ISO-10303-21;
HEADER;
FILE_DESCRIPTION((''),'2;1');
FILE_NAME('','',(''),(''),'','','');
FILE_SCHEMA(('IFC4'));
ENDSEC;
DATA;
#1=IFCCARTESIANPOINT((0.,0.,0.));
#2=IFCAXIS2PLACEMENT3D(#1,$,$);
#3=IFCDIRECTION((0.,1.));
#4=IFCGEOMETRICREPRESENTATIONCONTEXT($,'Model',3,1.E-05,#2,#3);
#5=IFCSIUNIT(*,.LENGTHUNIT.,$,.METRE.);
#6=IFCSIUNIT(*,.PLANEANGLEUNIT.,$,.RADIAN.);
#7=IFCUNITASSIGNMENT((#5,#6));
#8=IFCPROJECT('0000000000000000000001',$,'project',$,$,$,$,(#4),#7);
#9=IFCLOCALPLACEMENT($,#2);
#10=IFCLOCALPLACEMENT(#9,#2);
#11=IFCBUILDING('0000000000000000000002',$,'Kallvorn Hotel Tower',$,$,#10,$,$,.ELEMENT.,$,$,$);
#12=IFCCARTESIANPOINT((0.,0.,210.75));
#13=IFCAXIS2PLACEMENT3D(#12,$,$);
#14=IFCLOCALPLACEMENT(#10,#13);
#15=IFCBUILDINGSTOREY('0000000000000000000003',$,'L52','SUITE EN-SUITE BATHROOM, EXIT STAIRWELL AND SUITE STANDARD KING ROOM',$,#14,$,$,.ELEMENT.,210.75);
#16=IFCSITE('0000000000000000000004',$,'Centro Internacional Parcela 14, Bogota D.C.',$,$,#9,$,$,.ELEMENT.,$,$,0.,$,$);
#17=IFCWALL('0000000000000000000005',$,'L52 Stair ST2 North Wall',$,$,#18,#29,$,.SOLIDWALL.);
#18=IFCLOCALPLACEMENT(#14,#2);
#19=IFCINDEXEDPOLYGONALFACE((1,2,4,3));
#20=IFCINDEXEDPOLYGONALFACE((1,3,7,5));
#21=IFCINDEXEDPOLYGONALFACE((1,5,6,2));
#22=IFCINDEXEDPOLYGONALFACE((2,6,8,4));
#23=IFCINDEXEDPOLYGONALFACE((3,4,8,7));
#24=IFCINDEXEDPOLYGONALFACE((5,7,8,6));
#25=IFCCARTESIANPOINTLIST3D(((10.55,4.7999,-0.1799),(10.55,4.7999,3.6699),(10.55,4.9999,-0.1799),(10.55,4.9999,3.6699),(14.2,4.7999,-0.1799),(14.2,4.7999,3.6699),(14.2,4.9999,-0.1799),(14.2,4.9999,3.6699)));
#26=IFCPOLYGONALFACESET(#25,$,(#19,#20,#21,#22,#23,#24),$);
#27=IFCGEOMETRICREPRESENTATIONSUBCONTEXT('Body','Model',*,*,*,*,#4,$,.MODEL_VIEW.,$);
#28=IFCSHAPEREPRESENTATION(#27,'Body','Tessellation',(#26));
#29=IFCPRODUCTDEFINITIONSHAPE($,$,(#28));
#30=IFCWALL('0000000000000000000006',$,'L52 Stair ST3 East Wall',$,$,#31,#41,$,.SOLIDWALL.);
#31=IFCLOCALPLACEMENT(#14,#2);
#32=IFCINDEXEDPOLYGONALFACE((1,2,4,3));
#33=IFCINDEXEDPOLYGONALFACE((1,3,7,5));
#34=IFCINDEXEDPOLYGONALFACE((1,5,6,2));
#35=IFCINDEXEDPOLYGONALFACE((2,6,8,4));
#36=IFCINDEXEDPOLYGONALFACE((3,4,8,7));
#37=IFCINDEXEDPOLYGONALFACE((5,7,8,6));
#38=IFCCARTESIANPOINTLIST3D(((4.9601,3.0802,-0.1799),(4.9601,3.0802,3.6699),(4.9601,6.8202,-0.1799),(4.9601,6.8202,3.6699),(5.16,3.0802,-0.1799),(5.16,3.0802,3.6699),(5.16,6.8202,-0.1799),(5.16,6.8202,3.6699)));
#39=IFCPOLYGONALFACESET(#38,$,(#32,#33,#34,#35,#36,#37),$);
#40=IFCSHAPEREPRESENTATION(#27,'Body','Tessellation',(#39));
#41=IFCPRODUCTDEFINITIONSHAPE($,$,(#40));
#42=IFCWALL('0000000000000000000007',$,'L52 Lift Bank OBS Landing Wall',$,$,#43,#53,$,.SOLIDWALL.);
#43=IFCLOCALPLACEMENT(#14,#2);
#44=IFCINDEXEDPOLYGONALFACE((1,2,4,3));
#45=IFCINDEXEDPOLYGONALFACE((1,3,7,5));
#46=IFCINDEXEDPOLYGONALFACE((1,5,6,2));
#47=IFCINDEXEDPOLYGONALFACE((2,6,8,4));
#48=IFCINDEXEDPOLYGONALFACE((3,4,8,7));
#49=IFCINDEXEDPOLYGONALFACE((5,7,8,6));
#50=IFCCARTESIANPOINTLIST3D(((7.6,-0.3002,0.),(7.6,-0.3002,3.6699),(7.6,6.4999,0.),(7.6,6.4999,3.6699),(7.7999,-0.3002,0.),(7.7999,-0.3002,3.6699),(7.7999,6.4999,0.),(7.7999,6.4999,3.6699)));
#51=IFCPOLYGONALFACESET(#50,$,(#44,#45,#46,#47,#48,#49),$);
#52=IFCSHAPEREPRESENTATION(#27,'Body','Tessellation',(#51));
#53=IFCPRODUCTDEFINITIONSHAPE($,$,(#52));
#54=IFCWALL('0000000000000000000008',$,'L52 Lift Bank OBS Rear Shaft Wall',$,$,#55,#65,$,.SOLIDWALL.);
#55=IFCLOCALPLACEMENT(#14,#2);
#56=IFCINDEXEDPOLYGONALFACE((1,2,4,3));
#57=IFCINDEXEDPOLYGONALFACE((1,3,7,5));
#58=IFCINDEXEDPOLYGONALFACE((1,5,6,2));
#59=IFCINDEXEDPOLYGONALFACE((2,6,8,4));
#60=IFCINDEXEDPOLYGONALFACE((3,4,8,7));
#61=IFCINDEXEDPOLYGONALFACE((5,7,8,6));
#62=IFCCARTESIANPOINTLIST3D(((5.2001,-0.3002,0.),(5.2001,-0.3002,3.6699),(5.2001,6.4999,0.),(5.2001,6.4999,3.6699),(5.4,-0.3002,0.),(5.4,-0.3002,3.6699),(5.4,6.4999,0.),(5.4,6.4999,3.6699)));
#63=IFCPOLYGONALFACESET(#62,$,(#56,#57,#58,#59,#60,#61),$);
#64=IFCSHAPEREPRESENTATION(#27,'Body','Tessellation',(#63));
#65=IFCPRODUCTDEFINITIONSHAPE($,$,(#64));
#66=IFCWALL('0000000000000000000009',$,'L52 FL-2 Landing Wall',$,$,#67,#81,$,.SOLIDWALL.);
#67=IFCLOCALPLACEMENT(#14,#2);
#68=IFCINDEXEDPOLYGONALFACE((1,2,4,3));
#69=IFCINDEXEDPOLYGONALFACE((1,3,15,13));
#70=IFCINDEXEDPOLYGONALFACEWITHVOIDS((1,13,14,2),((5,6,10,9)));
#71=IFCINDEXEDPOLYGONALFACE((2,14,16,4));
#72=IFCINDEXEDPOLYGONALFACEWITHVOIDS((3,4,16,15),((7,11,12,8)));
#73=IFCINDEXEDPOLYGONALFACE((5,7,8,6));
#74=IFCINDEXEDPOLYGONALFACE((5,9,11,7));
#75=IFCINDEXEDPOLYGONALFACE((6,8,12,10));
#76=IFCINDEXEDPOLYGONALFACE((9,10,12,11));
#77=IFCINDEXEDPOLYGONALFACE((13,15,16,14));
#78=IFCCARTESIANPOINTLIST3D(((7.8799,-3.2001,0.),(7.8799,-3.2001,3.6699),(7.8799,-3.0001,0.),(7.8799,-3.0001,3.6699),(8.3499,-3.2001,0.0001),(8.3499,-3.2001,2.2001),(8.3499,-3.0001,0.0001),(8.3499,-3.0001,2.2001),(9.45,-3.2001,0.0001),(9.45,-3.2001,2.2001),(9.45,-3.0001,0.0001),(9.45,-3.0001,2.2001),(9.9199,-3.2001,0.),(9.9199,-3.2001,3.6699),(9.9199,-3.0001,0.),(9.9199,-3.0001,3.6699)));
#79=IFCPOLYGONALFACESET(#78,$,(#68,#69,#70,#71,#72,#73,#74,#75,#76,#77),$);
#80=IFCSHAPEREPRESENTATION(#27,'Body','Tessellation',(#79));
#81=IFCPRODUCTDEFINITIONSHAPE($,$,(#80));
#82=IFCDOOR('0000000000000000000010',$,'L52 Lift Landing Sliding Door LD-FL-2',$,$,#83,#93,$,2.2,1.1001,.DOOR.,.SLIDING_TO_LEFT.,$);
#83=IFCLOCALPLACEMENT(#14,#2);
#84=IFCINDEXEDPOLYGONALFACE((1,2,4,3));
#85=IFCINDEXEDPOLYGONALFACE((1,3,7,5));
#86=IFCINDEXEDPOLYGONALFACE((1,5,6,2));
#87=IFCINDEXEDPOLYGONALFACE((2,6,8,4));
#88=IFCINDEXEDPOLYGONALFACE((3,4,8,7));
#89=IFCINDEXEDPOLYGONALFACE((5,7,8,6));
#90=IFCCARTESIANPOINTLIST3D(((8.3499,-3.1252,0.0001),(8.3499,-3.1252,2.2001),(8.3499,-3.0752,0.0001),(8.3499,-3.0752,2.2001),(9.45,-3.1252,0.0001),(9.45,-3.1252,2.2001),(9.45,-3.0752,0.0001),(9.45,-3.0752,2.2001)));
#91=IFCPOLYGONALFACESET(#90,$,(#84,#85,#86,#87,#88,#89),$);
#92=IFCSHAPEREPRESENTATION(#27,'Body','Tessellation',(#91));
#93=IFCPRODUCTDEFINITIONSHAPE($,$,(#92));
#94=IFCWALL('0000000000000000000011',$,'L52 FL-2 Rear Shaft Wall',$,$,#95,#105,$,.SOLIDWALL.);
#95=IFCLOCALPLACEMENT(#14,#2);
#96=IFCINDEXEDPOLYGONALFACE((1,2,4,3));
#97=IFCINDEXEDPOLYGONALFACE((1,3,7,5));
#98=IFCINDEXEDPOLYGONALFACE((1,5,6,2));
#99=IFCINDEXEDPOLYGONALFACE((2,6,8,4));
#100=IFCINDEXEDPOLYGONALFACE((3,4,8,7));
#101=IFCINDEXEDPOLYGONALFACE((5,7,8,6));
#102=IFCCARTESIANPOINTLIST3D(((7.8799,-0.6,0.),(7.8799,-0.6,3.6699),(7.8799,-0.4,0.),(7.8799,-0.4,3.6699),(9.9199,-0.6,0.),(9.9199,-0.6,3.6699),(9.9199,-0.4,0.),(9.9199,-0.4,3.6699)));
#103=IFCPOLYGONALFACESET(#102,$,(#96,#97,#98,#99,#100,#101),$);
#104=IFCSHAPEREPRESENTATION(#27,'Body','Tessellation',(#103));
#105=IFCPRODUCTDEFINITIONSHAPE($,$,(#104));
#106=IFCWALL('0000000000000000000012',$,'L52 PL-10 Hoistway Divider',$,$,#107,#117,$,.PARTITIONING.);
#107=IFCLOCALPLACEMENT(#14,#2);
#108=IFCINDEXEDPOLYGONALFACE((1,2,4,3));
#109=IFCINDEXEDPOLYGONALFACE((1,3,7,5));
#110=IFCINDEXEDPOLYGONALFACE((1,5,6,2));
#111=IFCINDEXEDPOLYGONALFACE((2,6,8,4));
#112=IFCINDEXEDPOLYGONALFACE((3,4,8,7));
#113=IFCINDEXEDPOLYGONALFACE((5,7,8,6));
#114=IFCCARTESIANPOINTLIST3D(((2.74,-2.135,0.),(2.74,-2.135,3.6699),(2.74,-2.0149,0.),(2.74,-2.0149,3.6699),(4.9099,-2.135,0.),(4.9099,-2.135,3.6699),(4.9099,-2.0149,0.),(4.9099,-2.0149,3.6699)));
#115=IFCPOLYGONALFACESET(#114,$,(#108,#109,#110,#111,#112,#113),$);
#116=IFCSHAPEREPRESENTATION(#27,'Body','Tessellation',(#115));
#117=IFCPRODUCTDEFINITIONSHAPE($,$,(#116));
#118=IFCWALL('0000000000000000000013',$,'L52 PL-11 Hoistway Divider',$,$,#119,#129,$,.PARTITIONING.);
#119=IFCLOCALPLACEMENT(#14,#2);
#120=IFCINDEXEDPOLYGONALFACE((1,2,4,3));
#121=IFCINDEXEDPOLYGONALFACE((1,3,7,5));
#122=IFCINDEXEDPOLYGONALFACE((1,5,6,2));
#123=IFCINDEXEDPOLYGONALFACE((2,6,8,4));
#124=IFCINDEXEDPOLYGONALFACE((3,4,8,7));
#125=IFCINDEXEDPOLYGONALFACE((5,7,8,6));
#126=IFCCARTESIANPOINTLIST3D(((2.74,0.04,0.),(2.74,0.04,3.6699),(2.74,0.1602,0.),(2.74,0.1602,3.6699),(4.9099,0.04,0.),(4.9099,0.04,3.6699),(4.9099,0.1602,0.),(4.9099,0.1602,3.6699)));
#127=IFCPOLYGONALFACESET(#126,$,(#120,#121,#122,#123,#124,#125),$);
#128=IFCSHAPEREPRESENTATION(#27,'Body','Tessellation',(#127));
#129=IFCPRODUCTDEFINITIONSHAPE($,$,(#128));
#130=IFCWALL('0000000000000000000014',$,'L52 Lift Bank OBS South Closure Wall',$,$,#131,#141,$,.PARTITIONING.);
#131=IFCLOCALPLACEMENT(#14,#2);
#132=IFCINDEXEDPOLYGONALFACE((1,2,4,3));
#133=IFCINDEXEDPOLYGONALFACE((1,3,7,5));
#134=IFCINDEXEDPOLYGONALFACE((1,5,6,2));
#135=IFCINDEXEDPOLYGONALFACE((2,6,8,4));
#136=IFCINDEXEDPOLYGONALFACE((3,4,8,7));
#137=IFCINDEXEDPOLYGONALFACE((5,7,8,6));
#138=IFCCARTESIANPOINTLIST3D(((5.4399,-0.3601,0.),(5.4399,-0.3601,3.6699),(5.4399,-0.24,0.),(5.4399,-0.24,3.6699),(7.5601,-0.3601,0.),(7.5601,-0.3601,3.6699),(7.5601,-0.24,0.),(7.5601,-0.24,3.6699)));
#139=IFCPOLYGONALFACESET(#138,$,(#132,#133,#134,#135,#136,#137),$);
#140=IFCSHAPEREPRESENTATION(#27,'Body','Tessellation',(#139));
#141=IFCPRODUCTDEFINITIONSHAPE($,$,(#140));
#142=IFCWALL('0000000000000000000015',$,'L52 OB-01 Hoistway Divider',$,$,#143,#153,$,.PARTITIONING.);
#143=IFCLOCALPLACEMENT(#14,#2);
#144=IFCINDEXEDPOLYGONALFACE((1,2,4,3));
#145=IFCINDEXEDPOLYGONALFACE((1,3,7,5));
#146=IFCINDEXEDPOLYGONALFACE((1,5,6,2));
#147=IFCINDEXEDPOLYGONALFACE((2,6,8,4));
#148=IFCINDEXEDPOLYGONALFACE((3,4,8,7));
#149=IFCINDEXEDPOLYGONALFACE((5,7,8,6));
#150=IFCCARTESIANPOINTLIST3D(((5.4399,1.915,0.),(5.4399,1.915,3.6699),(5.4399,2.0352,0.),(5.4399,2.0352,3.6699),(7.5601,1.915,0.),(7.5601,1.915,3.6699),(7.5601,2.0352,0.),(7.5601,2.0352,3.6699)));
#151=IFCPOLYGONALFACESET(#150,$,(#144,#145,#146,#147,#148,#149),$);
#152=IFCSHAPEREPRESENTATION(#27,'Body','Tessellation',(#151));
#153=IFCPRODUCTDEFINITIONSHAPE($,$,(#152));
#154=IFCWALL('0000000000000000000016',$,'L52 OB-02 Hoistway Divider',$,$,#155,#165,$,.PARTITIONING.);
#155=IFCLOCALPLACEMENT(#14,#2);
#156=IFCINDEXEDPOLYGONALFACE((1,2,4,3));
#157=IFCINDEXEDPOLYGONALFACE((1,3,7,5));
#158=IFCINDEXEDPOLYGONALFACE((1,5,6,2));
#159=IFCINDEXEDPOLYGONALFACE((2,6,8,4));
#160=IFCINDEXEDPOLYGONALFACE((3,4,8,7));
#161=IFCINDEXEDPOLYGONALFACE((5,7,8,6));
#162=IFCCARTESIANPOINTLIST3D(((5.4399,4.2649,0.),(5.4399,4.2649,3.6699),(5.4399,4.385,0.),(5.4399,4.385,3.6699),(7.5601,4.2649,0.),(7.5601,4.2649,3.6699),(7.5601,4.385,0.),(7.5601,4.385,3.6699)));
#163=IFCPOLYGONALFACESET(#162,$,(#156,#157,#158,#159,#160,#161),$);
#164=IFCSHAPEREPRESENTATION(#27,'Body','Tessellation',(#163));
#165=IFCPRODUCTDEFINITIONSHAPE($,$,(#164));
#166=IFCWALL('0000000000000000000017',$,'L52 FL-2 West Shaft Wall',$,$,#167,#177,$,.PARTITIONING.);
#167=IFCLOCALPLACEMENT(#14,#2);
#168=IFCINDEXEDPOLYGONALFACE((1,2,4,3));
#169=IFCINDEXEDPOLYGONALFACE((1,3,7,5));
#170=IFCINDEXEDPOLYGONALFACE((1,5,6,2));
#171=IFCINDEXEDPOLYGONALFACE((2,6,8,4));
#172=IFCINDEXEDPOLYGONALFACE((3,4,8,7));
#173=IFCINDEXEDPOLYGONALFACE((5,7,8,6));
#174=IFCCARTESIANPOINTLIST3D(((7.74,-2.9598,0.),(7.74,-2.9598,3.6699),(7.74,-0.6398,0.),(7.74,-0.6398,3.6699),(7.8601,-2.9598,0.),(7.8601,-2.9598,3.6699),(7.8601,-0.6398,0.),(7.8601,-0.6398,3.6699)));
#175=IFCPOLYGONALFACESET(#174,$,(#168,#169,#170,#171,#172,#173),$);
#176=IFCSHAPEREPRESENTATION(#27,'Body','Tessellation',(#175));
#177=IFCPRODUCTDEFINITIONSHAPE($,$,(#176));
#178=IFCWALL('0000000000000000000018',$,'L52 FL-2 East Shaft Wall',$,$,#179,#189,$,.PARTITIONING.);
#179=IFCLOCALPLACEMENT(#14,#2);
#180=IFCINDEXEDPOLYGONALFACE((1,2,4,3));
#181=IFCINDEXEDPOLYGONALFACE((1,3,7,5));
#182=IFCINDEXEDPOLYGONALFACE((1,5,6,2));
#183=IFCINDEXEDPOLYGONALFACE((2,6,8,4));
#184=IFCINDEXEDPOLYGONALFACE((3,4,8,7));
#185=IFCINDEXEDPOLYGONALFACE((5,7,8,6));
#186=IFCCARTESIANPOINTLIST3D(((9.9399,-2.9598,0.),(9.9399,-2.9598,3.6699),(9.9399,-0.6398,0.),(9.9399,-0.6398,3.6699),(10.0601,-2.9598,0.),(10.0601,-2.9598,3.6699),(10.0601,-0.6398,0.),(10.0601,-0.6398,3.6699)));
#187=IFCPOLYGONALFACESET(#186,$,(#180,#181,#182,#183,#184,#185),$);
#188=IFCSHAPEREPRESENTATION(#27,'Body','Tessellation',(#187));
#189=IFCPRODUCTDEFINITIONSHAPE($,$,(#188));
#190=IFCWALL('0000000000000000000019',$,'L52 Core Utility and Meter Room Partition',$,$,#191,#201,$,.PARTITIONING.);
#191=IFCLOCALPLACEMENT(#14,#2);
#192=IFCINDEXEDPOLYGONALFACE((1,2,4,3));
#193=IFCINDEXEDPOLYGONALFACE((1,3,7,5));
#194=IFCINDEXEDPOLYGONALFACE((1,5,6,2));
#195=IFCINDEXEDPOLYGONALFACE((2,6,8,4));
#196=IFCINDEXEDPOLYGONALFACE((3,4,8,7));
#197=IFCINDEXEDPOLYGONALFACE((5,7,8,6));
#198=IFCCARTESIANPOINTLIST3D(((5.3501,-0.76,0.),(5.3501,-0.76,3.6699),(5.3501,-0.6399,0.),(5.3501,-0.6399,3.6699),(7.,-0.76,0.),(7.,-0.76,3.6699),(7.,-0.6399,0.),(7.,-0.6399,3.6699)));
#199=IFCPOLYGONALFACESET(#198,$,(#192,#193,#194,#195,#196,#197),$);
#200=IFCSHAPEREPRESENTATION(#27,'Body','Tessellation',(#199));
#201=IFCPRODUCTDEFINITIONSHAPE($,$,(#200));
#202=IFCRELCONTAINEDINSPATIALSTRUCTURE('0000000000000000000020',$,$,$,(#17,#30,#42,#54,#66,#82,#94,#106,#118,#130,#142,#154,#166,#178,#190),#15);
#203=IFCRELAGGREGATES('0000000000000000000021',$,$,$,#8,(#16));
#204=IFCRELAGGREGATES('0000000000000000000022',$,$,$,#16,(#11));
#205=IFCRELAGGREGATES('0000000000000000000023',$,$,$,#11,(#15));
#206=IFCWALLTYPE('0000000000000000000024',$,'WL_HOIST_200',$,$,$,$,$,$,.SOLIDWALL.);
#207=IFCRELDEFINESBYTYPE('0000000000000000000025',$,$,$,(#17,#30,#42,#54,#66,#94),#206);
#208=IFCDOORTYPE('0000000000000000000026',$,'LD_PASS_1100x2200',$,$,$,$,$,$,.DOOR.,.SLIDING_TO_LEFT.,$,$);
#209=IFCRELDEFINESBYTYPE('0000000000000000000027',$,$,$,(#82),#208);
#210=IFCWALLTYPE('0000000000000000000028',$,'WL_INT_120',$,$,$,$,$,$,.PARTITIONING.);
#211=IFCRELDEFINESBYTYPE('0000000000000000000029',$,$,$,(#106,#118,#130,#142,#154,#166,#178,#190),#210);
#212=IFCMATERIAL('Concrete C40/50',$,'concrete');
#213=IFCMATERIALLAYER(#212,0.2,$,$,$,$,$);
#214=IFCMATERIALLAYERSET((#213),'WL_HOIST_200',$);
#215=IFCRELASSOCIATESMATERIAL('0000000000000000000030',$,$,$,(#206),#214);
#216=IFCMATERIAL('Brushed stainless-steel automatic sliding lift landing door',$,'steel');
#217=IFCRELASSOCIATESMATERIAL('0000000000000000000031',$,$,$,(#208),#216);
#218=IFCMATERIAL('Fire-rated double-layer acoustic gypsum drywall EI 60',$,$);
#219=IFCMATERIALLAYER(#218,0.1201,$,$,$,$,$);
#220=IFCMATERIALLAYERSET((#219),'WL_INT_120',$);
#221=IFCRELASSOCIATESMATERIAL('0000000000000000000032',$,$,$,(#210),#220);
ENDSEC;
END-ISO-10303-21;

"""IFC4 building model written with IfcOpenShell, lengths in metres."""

from ifc_helpers import new_model, si_unit, direction, frame, frame_2d, origin, place, context, subcontext, project, spatial, rectangle, extrude, material, layer, layer_set, type_object, element, fill, save


model = new_model("IFC4")

# Units and contexts
model_context = context("Model", 3, precision=1e-05, world=origin(), true_north=direction((0.0, 1.0)))
body_context = subcontext(model_context, "Body", "Model", "MODEL_VIEW")
ifc_project = project(units=[si_unit("LENGTHUNIT", "METRE"), si_unit("PLANEANGLEUNIT", "RADIAN")], contexts=[model_context])

# Site, building, storey
site_placement = place(None, origin())
site = spatial("IfcSite", under=ifc_project, at=site_placement, Name="Centro Internacional Parcela 14, Bogota D.C.", CompositionType="ELEMENT", RefElevation=0.0)
building_placement = place(site_placement, origin())
building = spatial("IfcBuilding", under=site, at=building_placement, Name="Kallvorn Hotel Tower", CompositionType="ELEMENT")
storey_placement = place(building_placement, frame((0.0, 0.0, 210.75)))
storey = spatial("IfcBuildingStorey", under=building, at=storey_placement, Name="L52", Description="SUITE EN-SUITE BATHROOM, EXIT STAIRWELL AND SUITE STANDARD KING ROOM", CompositionType="ELEMENT", Elevation=210.75)

# Walls
ifc_material_1 = material(Name="Concrete C40/50", Category="concrete")
ifc_layer_1 = layer(ifc_material_1, 0.2)
ifc_layer_set_1 = layer_set([ifc_layer_1], Name="WL_HOIST_200")
wall_type_1 = type_object("IfcWallType", Name="WL_HOIST_200", PredefinedType="SOLIDWALL", material=ifc_layer_set_1)
wall_1_placement = place(storey_placement, frame((10.55, 4.8999, -0.1799), z_axis=(0.0, 0.0, 1.0), x_axis=(1.0, 0.0, 0.0)))
element("IfcWall", 1, at=wall_1_placement, inside=storey, type_object=wall_type_1, Name="L52 Stair ST2 North Wall", PredefinedType="SOLIDWALL", context=body_context, shape_type="SweptSolid", body=[
    extrude(rectangle(XDim=3.6499, YDim=0.2, at=frame_2d((1.825, 0.0))), origin(), (0.0, 0.0, 1.0), 3.8499),
])
wall_2_placement = place(storey_placement, frame((5.0601, 3.0801, -0.1799), z_axis=(0.0, 0.0, 1.0), x_axis=(0.0, 1.0, 0.0)))
element("IfcWall", 2, at=wall_2_placement, inside=storey, type_object=wall_type_1, Name="L52 Stair ST3 East Wall", PredefinedType="SOLIDWALL", context=body_context, shape_type="SweptSolid", body=[
    extrude(rectangle(XDim=3.74, YDim=0.2, at=frame_2d((1.8701, 0.0))), origin(), (0.0, 0.0, 1.0), 3.8499),
])
for number, where, z_axis, x_axis, name in (
    (3, (7.7, -0.3, 0.0), (0.0, 0.0, 1.0), (0.0, 1.0, 0.0), "L52 Lift Bank OBS Landing Wall"),
    (4, (5.3, -0.3, 0.0), (0.0, 0.0, 1.0), (0.0, 1.0, 0.0), "L52 Lift Bank OBS Rear Shaft Wall"),
):
    element("IfcWall", number, at=place(storey_placement, frame(where, z_axis=z_axis, x_axis=x_axis)), inside=storey, type_object=wall_type_1, Name=name, PredefinedType="SOLIDWALL", context=body_context, shape_type="SweptSolid", body=[
        extrude(rectangle(XDim=6.8, YDim=0.2, at=frame_2d((3.3999, 0.0))), origin(), (0.0, 0.0, 1.0), 3.6699),
    ])

# Wall, opening, door
wall_3_placement = place(storey_placement, frame((7.8799, -3.1001, 0.0), z_axis=(0.0, 0.0, 1.0), x_axis=(1.0, 0.0, 0.0)))
wall_3 = element("IfcWall", 5, at=wall_3_placement, inside=storey, type_object=wall_type_1, Name="L52 FL-2 Landing Wall", PredefinedType="SOLIDWALL", context=body_context, shape_type="SweptSolid", body=[
    extrude(rectangle(XDim=2.04, YDim=0.2, at=frame_2d((1.02, 0.0))), origin(), (0.0, 0.0, 1.0), 3.6699),
])
opening_1_placement = place(wall_3_placement, frame((0.47, 0.0, 0.0)))
opening_1 = element("IfcOpeningElement", 6, at=opening_1_placement, cuts=wall_3, PredefinedType="OPENING", context=body_context, shape_type="SweptSolid", body=[
    extrude(rectangle(XDim=1.1001, YDim=2.2, at=frame_2d((0.55, 1.1001))), frame((0.0, 0.115, 0.0), z_axis=(0.0, -1.0, 0.0), x_axis=(1.0, 0.0, 0.0)), (0.0, 0.0, 1.0), 0.23),
])
ifc_material_2 = material(Name="Brushed stainless-steel automatic sliding lift landing door", Category="steel")
door_type_1 = type_object("IfcDoorType", Name="LD_PASS_1100x2200", OperationType="SLIDING_TO_LEFT", PredefinedType="DOOR", material=ifc_material_2)
door_1_placement = place(opening_1_placement, origin())
door_1 = element("IfcDoor", 7, at=door_1_placement, inside=storey, type_object=door_type_1, Name="L52 Lift Landing Sliding Door LD-FL-2", OperationType="SLIDING_TO_LEFT", OverallHeight=2.2, OverallWidth=1.1001, PredefinedType="DOOR", context=body_context, shape_type="SweptSolid", body=[
    extrude(rectangle(XDim=1.1001, YDim=2.2, at=frame_2d((0.55, 1.1001))), frame((0.0, 0.0249, 0.0), z_axis=(0.0, -1.0, 0.0), x_axis=(1.0, 0.0, 0.0)), (0.0, 0.0, 1.0), 0.05),
])
fill(opening_1, door_1)

# Walls
wall_4_placement = place(storey_placement, frame((7.8799, -0.5, 0.0), z_axis=(0.0, 0.0, 1.0), x_axis=(1.0, 0.0, 0.0)))
element("IfcWall", 8, at=wall_4_placement, inside=storey, type_object=wall_type_1, Name="L52 FL-2 Rear Shaft Wall", PredefinedType="SOLIDWALL", context=body_context, shape_type="SweptSolid", body=[
    extrude(rectangle(XDim=2.04, YDim=0.2, at=frame_2d((1.02, 0.0))), origin(), (0.0, 0.0, 1.0), 3.6699),
])
ifc_material_3 = material(Name="Fire-rated double-layer acoustic gypsum drywall EI 60")
ifc_layer_2 = layer(ifc_material_3, 0.1201)
ifc_layer_set_2 = layer_set([ifc_layer_2], Name="WL_INT_120")
wall_type_2 = type_object("IfcWallType", Name="WL_INT_120", PredefinedType="PARTITIONING", material=ifc_layer_set_2)
for number, where, z_axis, x_axis, name in (
    (9, (2.74, -2.075, 0.0), (0.0, 0.0, 1.0), (1.0, 0.0, 0.0), "L52 PL-10 Hoistway Divider"),
    (10, (2.74, 0.1001, 0.0), (0.0, 0.0, 1.0), (1.0, 0.0, 0.0), "L52 PL-11 Hoistway Divider"),
):
    element("IfcWall", number, at=place(storey_placement, frame(where, z_axis=z_axis, x_axis=x_axis)), inside=storey, type_object=wall_type_2, Name=name, PredefinedType="PARTITIONING", context=body_context, shape_type="SweptSolid", body=[
        extrude(rectangle(XDim=2.1699, YDim=0.1201, at=frame_2d((1.085, 0.0))), origin(), (0.0, 0.0, 1.0), 3.6699),
    ])
for number, where, z_axis, x_axis, name in (
    (11, (5.4399, -0.3, 0.0), (0.0, 0.0, 1.0), (1.0, 0.0, 0.0), "L52 Lift Bank OBS South Closure Wall"),
    (12, (5.4399, 1.9751, 0.0), (0.0, 0.0, 1.0), (1.0, 0.0, 0.0), "L52 OB-01 Hoistway Divider"),
    (13, (5.4399, 4.325, 0.0), (0.0, 0.0, 1.0), (1.0, 0.0, 0.0), "L52 OB-02 Hoistway Divider"),
):
    element("IfcWall", number, at=place(storey_placement, frame(where, z_axis=z_axis, x_axis=x_axis)), inside=storey, type_object=wall_type_2, Name=name, PredefinedType="PARTITIONING", context=body_context, shape_type="SweptSolid", body=[
        extrude(rectangle(XDim=2.1201, YDim=0.1201, at=frame_2d((1.0601, 0.0))), origin(), (0.0, 0.0, 1.0), 3.6699),
    ])
for number, where, z_axis, x_axis, name in (
    (14, (7.8, -2.96, 0.0), (0.0, 0.0, 1.0), (0.0, 1.0, 0.0), "L52 FL-2 West Shaft Wall"),
    (15, (10.0, -2.96, 0.0), (0.0, 0.0, 1.0), (0.0, 1.0, 0.0), "L52 FL-2 East Shaft Wall"),
):
    element("IfcWall", number, at=place(storey_placement, frame(where, z_axis=z_axis, x_axis=x_axis)), inside=storey, type_object=wall_type_2, Name=name, PredefinedType="PARTITIONING", context=body_context, shape_type="SweptSolid", body=[
        extrude(rectangle(XDim=2.3201, YDim=0.1201, at=frame_2d((1.1602, 0.0))), origin(), (0.0, 0.0, 1.0), 3.6699),
    ])
wall_5_placement = place(storey_placement, frame((5.3501, -0.7, 0.0), z_axis=(0.0, 0.0, 1.0), x_axis=(1.0, 0.0, 0.0)))
element("IfcWall", 16, at=wall_5_placement, inside=storey, type_object=wall_type_2, Name="L52 Core Utility and Meter Room Partition", PredefinedType="PARTITIONING", context=body_context, shape_type="SweptSolid", body=[
    extrude(rectangle(XDim=1.6499, YDim=0.1201, at=frame_2d((0.825, 0.0))), origin(), (0.0, 0.0, 1.0), 3.6699),
])

save(model, "model.ifc")
